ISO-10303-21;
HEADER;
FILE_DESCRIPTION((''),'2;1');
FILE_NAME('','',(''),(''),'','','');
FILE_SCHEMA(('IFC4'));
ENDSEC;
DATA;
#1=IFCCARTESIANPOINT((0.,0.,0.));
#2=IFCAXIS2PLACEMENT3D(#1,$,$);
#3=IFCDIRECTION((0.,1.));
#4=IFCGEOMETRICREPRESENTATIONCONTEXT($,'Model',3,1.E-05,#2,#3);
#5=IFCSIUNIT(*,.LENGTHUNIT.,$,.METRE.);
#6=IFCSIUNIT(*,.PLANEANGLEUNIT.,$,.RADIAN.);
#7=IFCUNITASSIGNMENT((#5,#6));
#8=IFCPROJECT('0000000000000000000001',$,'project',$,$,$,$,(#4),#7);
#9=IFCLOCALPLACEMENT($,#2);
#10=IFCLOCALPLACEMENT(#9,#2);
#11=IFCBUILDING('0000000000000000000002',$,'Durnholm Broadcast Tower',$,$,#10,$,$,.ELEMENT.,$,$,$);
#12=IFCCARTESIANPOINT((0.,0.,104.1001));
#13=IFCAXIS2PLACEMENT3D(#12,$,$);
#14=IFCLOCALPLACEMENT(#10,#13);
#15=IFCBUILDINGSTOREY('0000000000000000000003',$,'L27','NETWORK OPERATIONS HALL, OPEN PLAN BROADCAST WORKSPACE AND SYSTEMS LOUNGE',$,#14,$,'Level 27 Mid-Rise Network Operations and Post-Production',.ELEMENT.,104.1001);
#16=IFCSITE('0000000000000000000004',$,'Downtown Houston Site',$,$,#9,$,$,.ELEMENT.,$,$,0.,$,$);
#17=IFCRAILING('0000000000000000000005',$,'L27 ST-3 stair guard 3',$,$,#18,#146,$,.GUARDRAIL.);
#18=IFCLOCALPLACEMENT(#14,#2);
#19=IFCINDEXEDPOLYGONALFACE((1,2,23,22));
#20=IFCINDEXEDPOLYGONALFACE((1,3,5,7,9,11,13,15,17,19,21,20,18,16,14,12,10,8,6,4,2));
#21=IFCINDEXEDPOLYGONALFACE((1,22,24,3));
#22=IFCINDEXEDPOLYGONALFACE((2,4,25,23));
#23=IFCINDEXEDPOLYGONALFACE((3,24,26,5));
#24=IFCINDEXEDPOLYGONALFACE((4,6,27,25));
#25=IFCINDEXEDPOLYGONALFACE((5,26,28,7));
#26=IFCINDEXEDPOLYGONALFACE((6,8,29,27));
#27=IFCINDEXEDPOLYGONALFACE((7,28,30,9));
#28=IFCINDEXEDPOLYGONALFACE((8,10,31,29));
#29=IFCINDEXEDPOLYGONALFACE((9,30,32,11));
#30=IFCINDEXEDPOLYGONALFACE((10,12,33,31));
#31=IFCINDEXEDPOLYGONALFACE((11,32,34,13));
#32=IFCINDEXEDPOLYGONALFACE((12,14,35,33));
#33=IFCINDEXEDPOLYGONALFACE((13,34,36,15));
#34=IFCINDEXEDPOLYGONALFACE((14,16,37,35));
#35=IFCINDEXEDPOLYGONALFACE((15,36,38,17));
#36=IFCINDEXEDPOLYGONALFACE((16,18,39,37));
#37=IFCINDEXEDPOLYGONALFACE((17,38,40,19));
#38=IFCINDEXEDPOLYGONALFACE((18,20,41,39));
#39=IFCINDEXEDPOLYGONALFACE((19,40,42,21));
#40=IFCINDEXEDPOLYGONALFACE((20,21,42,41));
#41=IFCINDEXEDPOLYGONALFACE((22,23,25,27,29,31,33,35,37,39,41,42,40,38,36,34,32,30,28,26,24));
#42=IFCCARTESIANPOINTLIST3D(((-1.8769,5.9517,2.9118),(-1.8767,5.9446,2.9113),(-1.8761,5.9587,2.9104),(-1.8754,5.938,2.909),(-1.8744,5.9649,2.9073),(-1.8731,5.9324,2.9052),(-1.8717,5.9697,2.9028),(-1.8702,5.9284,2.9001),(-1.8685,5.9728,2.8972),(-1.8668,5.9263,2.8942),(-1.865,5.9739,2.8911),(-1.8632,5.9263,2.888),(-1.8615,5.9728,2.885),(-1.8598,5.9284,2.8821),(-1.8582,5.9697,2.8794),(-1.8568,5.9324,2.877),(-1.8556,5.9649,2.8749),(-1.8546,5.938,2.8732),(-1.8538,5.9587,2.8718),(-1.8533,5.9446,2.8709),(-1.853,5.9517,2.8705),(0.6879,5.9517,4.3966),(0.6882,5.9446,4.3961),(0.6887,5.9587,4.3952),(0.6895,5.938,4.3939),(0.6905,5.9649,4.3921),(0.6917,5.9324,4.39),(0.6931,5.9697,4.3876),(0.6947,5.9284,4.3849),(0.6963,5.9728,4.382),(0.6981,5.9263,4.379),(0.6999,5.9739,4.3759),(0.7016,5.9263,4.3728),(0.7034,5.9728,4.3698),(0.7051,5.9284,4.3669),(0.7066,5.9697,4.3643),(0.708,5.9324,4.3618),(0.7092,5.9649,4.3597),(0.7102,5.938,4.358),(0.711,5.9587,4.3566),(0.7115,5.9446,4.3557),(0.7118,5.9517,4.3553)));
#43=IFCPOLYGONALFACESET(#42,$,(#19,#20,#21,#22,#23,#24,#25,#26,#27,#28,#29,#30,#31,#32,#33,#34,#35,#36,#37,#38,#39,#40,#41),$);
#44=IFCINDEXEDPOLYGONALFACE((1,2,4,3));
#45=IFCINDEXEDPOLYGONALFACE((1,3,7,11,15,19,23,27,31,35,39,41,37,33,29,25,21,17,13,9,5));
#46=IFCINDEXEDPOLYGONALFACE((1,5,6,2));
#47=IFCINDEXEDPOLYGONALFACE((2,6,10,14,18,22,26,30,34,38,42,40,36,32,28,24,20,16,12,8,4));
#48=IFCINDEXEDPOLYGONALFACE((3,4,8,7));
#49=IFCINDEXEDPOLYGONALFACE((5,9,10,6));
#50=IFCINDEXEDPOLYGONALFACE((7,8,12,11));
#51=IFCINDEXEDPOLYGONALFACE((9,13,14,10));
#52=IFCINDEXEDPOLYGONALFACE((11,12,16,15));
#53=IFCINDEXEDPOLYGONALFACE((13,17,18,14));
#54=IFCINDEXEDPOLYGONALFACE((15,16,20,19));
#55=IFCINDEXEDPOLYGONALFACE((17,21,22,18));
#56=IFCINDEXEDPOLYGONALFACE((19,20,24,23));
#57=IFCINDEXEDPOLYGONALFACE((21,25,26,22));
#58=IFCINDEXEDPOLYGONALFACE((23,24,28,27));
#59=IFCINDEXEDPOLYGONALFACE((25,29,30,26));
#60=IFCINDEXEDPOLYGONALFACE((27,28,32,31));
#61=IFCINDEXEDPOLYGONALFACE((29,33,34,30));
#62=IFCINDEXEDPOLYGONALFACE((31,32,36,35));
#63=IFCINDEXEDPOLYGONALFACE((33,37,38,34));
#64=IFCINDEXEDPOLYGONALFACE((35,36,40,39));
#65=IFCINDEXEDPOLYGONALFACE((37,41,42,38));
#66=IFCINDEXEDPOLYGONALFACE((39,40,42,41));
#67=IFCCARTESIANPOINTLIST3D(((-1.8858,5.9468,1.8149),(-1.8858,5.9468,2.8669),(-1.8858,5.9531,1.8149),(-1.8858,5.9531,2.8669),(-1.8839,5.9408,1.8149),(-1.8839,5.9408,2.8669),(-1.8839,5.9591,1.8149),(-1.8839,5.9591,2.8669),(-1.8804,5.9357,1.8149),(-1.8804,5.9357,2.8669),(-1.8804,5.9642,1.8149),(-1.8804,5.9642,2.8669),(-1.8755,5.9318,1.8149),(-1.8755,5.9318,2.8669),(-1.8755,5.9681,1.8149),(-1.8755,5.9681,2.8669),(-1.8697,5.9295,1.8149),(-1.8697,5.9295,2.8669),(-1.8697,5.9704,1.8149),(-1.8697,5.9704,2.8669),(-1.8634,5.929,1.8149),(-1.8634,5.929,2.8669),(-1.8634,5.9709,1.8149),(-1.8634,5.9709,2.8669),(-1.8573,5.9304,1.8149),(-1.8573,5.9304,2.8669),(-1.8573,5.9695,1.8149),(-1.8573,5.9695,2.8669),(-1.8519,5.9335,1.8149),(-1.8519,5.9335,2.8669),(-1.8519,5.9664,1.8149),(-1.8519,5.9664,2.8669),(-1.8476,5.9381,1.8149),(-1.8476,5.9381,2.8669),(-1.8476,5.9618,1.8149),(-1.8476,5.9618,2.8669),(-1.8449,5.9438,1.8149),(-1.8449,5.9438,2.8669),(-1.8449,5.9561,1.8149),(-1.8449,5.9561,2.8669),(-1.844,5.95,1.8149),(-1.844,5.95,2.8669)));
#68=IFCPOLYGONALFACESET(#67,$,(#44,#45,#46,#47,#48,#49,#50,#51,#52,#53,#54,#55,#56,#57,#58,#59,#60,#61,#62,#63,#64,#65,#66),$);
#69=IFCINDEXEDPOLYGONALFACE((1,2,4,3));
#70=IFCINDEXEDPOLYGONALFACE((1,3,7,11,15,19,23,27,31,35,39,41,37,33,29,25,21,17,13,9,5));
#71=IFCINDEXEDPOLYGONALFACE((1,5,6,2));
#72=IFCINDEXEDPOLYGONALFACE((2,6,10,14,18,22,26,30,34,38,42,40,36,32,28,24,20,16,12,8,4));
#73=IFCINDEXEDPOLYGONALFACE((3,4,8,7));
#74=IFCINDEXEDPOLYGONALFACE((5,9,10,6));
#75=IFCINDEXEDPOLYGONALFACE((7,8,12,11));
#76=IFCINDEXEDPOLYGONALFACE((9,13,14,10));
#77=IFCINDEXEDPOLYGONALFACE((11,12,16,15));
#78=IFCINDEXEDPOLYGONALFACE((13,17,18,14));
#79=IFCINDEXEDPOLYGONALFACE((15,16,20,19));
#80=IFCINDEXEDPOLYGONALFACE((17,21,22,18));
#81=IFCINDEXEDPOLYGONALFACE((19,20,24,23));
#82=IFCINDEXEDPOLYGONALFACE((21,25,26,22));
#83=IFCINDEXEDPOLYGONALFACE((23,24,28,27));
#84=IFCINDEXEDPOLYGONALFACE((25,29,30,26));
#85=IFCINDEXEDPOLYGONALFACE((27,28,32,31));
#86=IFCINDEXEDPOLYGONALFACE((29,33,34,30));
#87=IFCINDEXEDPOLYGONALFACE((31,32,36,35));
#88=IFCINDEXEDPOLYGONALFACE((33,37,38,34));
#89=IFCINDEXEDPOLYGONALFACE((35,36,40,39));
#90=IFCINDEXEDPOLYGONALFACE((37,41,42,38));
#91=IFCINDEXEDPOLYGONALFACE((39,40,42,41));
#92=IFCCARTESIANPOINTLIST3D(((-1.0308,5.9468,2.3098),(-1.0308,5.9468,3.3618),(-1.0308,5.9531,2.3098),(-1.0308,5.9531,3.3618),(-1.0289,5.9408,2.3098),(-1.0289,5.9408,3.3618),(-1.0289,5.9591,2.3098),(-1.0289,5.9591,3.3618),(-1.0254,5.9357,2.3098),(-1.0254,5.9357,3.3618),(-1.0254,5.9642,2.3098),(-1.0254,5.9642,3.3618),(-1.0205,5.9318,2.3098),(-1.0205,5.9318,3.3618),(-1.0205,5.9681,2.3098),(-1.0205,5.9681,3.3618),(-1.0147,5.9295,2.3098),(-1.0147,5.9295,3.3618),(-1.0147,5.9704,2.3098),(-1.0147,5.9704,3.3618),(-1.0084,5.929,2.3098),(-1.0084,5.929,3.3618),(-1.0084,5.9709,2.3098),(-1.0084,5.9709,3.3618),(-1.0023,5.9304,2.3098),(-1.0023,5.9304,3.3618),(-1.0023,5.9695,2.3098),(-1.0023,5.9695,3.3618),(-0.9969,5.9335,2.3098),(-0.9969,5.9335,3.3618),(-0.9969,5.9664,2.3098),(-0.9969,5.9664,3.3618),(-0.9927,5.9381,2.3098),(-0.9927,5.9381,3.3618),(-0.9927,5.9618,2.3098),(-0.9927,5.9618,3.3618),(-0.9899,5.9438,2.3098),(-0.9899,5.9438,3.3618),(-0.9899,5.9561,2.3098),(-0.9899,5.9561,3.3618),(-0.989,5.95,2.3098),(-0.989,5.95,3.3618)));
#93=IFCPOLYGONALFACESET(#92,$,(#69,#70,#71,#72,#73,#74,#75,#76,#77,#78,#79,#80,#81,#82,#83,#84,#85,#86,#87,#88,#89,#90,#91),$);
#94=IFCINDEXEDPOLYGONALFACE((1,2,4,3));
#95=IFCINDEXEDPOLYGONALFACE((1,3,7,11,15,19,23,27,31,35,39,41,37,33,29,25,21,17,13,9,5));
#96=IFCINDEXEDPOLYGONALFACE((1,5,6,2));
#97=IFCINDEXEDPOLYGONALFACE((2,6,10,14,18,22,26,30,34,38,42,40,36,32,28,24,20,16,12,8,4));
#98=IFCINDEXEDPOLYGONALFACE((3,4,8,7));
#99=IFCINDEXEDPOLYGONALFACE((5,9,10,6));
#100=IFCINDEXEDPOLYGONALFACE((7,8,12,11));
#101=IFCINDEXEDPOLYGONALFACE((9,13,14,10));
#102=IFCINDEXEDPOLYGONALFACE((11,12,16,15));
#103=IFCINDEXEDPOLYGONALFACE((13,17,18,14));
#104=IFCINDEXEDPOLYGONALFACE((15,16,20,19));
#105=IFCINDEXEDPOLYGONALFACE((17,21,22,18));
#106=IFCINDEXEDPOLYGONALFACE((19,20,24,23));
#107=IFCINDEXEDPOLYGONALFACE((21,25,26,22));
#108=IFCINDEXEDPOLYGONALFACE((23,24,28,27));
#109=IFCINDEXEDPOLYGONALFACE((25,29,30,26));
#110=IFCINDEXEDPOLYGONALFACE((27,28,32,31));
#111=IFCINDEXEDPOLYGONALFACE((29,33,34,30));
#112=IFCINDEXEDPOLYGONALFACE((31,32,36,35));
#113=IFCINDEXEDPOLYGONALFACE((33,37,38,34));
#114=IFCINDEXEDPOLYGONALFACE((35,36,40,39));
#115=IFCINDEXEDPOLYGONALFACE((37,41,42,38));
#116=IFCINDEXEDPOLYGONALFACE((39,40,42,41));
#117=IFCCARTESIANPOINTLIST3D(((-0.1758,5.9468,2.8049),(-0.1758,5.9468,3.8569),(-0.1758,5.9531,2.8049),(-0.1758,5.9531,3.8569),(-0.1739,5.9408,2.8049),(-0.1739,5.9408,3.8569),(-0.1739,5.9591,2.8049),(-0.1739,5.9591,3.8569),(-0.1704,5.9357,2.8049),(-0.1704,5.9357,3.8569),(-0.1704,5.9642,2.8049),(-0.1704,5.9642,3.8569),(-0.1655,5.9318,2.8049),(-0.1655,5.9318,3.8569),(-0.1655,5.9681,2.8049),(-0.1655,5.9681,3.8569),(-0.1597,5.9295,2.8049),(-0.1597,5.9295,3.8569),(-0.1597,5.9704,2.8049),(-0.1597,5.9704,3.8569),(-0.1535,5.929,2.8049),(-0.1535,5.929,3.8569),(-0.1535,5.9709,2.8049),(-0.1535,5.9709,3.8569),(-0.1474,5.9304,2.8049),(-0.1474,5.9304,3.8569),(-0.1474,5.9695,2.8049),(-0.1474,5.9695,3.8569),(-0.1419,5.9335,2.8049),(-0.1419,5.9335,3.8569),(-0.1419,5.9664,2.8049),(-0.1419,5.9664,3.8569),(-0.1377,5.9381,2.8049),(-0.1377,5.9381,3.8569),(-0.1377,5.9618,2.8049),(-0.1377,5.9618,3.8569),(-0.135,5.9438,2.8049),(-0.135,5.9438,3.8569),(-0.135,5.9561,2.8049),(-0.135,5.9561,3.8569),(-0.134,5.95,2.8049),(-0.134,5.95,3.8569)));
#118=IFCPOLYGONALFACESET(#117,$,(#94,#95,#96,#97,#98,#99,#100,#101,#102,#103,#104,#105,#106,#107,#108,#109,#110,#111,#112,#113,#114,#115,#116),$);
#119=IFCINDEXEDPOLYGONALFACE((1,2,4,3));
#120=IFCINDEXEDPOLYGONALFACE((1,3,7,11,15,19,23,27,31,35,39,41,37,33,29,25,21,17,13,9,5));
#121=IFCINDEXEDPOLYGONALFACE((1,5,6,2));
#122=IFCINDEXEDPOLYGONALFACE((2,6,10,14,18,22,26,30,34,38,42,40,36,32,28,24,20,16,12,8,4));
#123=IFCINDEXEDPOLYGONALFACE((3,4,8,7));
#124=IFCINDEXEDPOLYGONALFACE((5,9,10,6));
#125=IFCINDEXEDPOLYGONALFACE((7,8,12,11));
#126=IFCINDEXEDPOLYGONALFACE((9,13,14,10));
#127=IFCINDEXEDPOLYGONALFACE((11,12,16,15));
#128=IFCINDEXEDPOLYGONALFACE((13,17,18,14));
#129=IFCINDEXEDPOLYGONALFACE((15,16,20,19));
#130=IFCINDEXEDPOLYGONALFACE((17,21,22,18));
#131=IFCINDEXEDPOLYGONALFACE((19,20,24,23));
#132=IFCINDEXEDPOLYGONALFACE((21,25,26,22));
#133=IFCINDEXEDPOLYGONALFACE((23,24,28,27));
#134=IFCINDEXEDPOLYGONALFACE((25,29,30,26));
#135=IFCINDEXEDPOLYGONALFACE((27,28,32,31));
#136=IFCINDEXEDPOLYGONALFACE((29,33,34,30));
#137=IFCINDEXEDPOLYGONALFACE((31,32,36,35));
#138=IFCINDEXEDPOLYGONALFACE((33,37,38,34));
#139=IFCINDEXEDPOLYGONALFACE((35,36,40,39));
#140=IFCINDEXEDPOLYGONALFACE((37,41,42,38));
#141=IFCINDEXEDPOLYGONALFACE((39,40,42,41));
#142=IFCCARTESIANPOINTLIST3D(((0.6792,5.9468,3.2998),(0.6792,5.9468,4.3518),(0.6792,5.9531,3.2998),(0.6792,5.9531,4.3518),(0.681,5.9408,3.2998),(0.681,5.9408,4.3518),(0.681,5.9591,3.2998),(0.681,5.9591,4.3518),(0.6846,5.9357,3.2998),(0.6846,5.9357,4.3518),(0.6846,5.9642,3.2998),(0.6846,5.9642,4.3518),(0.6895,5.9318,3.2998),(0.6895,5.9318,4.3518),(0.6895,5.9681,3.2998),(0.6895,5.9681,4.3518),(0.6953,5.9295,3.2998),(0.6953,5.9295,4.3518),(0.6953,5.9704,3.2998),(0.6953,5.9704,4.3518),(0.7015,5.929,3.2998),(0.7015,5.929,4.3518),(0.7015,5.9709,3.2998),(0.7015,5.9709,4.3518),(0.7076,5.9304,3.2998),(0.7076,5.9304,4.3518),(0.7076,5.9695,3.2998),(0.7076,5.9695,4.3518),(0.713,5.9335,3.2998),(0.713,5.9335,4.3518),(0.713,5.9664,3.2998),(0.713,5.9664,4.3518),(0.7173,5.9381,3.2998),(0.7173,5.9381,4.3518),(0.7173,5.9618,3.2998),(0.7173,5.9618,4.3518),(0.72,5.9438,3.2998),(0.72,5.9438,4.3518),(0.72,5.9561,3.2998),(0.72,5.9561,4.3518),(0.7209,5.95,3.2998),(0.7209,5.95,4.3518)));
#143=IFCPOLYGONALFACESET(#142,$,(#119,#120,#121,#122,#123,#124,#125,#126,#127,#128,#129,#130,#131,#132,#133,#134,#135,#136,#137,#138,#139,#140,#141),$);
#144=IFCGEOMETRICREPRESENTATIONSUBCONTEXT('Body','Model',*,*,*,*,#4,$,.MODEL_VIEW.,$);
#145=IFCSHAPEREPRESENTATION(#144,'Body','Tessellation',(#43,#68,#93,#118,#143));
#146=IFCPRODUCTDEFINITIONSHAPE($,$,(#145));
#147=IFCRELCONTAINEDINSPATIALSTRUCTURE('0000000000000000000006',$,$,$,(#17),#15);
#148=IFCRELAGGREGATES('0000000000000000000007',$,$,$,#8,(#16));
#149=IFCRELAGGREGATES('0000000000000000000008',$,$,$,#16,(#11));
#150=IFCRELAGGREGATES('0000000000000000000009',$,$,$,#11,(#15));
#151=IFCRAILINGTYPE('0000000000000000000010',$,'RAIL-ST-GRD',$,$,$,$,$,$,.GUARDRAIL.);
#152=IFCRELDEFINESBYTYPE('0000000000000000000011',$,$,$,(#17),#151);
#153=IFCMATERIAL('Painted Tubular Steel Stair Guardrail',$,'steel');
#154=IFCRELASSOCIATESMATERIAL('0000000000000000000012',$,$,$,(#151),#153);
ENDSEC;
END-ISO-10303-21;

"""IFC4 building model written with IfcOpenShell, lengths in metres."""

from ifc_helpers import new_model, si_unit, direction, frame, origin, origin_2d, place, context, subcontext, project, spatial, circle, extrude, material, type_object, element, save


model = new_model("IFC4")

# Units and contexts
model_context = context("Model", 3, precision=1e-05, world=origin(), true_north=direction((0.0, 1.0)))
body_context = subcontext(model_context, "Body", "Model", "MODEL_VIEW")
ifc_project = project(units=[si_unit("LENGTHUNIT", "METRE"), si_unit("PLANEANGLEUNIT", "RADIAN")], contexts=[model_context])

# Site, building, storey
site_placement = place(None, origin())
site = spatial("IfcSite", under=ifc_project, at=site_placement, Name="Downtown Houston Site", CompositionType="ELEMENT", RefElevation=0.0)
building_placement = place(site_placement, origin())
building = spatial("IfcBuilding", under=site, at=building_placement, Name="Durnholm Broadcast Tower", CompositionType="ELEMENT")
storey_placement = place(building_placement, frame((0.0, 0.0, 104.1001)))
storey = spatial("IfcBuildingStorey", under=building, at=storey_placement, Name="L27", Description="NETWORK OPERATIONS HALL, OPEN PLAN BROADCAST WORKSPACE AND SYSTEMS LOUNGE", LongName="Level 27 Mid-Rise Network Operations and Post-Production", CompositionType="ELEMENT", Elevation=104.1001)

# Railing
ifc_material_1 = material(Name="Painted Tubular Steel Stair Guardrail", Category="steel")
railing_type_1 = type_object("IfcRailingType", Name="RAIL-ST-GRD", PredefinedType="GUARDRAIL", material=ifc_material_1)
railing_1_placement = place(storey_placement, frame((-1.865, 5.95, 1.8149)))
element("IfcRailing", 1, at=railing_1_placement, inside=storey, type_object=railing_type_1, Name="L27 ST-3 stair guard 3", PredefinedType="GUARDRAIL", context=body_context, shape_type="SweptSolid", body=[
    extrude(circle(Radius=0.0239, at=origin_2d()), frame((0.0, 0.0, 1.0762), z_axis=(0.865441, 0.0, 0.50101), x_axis=(0.0, 1.0, 0.0)), (0.0, 0.0, 1.0), 2.9636),
    extrude(circle(Radius=0.021, at=origin_2d()), origin(), (0.0, 0.0, 1.0), 1.052),
    extrude(circle(Radius=0.021, at=origin_2d()), frame((0.855, 0.0, 0.4949)), (0.0, 0.0, 1.0), 1.052),
    extrude(circle(Radius=0.021, at=origin_2d()), frame((1.71, 0.0, 0.99)), (0.0, 0.0, 1.0), 1.052),
    extrude(circle(Radius=0.021, at=origin_2d()), frame((2.5649, 0.0, 1.4849)), (0.0, 0.0, 1.0), 1.052),
])

save(model, "model.ifc")
